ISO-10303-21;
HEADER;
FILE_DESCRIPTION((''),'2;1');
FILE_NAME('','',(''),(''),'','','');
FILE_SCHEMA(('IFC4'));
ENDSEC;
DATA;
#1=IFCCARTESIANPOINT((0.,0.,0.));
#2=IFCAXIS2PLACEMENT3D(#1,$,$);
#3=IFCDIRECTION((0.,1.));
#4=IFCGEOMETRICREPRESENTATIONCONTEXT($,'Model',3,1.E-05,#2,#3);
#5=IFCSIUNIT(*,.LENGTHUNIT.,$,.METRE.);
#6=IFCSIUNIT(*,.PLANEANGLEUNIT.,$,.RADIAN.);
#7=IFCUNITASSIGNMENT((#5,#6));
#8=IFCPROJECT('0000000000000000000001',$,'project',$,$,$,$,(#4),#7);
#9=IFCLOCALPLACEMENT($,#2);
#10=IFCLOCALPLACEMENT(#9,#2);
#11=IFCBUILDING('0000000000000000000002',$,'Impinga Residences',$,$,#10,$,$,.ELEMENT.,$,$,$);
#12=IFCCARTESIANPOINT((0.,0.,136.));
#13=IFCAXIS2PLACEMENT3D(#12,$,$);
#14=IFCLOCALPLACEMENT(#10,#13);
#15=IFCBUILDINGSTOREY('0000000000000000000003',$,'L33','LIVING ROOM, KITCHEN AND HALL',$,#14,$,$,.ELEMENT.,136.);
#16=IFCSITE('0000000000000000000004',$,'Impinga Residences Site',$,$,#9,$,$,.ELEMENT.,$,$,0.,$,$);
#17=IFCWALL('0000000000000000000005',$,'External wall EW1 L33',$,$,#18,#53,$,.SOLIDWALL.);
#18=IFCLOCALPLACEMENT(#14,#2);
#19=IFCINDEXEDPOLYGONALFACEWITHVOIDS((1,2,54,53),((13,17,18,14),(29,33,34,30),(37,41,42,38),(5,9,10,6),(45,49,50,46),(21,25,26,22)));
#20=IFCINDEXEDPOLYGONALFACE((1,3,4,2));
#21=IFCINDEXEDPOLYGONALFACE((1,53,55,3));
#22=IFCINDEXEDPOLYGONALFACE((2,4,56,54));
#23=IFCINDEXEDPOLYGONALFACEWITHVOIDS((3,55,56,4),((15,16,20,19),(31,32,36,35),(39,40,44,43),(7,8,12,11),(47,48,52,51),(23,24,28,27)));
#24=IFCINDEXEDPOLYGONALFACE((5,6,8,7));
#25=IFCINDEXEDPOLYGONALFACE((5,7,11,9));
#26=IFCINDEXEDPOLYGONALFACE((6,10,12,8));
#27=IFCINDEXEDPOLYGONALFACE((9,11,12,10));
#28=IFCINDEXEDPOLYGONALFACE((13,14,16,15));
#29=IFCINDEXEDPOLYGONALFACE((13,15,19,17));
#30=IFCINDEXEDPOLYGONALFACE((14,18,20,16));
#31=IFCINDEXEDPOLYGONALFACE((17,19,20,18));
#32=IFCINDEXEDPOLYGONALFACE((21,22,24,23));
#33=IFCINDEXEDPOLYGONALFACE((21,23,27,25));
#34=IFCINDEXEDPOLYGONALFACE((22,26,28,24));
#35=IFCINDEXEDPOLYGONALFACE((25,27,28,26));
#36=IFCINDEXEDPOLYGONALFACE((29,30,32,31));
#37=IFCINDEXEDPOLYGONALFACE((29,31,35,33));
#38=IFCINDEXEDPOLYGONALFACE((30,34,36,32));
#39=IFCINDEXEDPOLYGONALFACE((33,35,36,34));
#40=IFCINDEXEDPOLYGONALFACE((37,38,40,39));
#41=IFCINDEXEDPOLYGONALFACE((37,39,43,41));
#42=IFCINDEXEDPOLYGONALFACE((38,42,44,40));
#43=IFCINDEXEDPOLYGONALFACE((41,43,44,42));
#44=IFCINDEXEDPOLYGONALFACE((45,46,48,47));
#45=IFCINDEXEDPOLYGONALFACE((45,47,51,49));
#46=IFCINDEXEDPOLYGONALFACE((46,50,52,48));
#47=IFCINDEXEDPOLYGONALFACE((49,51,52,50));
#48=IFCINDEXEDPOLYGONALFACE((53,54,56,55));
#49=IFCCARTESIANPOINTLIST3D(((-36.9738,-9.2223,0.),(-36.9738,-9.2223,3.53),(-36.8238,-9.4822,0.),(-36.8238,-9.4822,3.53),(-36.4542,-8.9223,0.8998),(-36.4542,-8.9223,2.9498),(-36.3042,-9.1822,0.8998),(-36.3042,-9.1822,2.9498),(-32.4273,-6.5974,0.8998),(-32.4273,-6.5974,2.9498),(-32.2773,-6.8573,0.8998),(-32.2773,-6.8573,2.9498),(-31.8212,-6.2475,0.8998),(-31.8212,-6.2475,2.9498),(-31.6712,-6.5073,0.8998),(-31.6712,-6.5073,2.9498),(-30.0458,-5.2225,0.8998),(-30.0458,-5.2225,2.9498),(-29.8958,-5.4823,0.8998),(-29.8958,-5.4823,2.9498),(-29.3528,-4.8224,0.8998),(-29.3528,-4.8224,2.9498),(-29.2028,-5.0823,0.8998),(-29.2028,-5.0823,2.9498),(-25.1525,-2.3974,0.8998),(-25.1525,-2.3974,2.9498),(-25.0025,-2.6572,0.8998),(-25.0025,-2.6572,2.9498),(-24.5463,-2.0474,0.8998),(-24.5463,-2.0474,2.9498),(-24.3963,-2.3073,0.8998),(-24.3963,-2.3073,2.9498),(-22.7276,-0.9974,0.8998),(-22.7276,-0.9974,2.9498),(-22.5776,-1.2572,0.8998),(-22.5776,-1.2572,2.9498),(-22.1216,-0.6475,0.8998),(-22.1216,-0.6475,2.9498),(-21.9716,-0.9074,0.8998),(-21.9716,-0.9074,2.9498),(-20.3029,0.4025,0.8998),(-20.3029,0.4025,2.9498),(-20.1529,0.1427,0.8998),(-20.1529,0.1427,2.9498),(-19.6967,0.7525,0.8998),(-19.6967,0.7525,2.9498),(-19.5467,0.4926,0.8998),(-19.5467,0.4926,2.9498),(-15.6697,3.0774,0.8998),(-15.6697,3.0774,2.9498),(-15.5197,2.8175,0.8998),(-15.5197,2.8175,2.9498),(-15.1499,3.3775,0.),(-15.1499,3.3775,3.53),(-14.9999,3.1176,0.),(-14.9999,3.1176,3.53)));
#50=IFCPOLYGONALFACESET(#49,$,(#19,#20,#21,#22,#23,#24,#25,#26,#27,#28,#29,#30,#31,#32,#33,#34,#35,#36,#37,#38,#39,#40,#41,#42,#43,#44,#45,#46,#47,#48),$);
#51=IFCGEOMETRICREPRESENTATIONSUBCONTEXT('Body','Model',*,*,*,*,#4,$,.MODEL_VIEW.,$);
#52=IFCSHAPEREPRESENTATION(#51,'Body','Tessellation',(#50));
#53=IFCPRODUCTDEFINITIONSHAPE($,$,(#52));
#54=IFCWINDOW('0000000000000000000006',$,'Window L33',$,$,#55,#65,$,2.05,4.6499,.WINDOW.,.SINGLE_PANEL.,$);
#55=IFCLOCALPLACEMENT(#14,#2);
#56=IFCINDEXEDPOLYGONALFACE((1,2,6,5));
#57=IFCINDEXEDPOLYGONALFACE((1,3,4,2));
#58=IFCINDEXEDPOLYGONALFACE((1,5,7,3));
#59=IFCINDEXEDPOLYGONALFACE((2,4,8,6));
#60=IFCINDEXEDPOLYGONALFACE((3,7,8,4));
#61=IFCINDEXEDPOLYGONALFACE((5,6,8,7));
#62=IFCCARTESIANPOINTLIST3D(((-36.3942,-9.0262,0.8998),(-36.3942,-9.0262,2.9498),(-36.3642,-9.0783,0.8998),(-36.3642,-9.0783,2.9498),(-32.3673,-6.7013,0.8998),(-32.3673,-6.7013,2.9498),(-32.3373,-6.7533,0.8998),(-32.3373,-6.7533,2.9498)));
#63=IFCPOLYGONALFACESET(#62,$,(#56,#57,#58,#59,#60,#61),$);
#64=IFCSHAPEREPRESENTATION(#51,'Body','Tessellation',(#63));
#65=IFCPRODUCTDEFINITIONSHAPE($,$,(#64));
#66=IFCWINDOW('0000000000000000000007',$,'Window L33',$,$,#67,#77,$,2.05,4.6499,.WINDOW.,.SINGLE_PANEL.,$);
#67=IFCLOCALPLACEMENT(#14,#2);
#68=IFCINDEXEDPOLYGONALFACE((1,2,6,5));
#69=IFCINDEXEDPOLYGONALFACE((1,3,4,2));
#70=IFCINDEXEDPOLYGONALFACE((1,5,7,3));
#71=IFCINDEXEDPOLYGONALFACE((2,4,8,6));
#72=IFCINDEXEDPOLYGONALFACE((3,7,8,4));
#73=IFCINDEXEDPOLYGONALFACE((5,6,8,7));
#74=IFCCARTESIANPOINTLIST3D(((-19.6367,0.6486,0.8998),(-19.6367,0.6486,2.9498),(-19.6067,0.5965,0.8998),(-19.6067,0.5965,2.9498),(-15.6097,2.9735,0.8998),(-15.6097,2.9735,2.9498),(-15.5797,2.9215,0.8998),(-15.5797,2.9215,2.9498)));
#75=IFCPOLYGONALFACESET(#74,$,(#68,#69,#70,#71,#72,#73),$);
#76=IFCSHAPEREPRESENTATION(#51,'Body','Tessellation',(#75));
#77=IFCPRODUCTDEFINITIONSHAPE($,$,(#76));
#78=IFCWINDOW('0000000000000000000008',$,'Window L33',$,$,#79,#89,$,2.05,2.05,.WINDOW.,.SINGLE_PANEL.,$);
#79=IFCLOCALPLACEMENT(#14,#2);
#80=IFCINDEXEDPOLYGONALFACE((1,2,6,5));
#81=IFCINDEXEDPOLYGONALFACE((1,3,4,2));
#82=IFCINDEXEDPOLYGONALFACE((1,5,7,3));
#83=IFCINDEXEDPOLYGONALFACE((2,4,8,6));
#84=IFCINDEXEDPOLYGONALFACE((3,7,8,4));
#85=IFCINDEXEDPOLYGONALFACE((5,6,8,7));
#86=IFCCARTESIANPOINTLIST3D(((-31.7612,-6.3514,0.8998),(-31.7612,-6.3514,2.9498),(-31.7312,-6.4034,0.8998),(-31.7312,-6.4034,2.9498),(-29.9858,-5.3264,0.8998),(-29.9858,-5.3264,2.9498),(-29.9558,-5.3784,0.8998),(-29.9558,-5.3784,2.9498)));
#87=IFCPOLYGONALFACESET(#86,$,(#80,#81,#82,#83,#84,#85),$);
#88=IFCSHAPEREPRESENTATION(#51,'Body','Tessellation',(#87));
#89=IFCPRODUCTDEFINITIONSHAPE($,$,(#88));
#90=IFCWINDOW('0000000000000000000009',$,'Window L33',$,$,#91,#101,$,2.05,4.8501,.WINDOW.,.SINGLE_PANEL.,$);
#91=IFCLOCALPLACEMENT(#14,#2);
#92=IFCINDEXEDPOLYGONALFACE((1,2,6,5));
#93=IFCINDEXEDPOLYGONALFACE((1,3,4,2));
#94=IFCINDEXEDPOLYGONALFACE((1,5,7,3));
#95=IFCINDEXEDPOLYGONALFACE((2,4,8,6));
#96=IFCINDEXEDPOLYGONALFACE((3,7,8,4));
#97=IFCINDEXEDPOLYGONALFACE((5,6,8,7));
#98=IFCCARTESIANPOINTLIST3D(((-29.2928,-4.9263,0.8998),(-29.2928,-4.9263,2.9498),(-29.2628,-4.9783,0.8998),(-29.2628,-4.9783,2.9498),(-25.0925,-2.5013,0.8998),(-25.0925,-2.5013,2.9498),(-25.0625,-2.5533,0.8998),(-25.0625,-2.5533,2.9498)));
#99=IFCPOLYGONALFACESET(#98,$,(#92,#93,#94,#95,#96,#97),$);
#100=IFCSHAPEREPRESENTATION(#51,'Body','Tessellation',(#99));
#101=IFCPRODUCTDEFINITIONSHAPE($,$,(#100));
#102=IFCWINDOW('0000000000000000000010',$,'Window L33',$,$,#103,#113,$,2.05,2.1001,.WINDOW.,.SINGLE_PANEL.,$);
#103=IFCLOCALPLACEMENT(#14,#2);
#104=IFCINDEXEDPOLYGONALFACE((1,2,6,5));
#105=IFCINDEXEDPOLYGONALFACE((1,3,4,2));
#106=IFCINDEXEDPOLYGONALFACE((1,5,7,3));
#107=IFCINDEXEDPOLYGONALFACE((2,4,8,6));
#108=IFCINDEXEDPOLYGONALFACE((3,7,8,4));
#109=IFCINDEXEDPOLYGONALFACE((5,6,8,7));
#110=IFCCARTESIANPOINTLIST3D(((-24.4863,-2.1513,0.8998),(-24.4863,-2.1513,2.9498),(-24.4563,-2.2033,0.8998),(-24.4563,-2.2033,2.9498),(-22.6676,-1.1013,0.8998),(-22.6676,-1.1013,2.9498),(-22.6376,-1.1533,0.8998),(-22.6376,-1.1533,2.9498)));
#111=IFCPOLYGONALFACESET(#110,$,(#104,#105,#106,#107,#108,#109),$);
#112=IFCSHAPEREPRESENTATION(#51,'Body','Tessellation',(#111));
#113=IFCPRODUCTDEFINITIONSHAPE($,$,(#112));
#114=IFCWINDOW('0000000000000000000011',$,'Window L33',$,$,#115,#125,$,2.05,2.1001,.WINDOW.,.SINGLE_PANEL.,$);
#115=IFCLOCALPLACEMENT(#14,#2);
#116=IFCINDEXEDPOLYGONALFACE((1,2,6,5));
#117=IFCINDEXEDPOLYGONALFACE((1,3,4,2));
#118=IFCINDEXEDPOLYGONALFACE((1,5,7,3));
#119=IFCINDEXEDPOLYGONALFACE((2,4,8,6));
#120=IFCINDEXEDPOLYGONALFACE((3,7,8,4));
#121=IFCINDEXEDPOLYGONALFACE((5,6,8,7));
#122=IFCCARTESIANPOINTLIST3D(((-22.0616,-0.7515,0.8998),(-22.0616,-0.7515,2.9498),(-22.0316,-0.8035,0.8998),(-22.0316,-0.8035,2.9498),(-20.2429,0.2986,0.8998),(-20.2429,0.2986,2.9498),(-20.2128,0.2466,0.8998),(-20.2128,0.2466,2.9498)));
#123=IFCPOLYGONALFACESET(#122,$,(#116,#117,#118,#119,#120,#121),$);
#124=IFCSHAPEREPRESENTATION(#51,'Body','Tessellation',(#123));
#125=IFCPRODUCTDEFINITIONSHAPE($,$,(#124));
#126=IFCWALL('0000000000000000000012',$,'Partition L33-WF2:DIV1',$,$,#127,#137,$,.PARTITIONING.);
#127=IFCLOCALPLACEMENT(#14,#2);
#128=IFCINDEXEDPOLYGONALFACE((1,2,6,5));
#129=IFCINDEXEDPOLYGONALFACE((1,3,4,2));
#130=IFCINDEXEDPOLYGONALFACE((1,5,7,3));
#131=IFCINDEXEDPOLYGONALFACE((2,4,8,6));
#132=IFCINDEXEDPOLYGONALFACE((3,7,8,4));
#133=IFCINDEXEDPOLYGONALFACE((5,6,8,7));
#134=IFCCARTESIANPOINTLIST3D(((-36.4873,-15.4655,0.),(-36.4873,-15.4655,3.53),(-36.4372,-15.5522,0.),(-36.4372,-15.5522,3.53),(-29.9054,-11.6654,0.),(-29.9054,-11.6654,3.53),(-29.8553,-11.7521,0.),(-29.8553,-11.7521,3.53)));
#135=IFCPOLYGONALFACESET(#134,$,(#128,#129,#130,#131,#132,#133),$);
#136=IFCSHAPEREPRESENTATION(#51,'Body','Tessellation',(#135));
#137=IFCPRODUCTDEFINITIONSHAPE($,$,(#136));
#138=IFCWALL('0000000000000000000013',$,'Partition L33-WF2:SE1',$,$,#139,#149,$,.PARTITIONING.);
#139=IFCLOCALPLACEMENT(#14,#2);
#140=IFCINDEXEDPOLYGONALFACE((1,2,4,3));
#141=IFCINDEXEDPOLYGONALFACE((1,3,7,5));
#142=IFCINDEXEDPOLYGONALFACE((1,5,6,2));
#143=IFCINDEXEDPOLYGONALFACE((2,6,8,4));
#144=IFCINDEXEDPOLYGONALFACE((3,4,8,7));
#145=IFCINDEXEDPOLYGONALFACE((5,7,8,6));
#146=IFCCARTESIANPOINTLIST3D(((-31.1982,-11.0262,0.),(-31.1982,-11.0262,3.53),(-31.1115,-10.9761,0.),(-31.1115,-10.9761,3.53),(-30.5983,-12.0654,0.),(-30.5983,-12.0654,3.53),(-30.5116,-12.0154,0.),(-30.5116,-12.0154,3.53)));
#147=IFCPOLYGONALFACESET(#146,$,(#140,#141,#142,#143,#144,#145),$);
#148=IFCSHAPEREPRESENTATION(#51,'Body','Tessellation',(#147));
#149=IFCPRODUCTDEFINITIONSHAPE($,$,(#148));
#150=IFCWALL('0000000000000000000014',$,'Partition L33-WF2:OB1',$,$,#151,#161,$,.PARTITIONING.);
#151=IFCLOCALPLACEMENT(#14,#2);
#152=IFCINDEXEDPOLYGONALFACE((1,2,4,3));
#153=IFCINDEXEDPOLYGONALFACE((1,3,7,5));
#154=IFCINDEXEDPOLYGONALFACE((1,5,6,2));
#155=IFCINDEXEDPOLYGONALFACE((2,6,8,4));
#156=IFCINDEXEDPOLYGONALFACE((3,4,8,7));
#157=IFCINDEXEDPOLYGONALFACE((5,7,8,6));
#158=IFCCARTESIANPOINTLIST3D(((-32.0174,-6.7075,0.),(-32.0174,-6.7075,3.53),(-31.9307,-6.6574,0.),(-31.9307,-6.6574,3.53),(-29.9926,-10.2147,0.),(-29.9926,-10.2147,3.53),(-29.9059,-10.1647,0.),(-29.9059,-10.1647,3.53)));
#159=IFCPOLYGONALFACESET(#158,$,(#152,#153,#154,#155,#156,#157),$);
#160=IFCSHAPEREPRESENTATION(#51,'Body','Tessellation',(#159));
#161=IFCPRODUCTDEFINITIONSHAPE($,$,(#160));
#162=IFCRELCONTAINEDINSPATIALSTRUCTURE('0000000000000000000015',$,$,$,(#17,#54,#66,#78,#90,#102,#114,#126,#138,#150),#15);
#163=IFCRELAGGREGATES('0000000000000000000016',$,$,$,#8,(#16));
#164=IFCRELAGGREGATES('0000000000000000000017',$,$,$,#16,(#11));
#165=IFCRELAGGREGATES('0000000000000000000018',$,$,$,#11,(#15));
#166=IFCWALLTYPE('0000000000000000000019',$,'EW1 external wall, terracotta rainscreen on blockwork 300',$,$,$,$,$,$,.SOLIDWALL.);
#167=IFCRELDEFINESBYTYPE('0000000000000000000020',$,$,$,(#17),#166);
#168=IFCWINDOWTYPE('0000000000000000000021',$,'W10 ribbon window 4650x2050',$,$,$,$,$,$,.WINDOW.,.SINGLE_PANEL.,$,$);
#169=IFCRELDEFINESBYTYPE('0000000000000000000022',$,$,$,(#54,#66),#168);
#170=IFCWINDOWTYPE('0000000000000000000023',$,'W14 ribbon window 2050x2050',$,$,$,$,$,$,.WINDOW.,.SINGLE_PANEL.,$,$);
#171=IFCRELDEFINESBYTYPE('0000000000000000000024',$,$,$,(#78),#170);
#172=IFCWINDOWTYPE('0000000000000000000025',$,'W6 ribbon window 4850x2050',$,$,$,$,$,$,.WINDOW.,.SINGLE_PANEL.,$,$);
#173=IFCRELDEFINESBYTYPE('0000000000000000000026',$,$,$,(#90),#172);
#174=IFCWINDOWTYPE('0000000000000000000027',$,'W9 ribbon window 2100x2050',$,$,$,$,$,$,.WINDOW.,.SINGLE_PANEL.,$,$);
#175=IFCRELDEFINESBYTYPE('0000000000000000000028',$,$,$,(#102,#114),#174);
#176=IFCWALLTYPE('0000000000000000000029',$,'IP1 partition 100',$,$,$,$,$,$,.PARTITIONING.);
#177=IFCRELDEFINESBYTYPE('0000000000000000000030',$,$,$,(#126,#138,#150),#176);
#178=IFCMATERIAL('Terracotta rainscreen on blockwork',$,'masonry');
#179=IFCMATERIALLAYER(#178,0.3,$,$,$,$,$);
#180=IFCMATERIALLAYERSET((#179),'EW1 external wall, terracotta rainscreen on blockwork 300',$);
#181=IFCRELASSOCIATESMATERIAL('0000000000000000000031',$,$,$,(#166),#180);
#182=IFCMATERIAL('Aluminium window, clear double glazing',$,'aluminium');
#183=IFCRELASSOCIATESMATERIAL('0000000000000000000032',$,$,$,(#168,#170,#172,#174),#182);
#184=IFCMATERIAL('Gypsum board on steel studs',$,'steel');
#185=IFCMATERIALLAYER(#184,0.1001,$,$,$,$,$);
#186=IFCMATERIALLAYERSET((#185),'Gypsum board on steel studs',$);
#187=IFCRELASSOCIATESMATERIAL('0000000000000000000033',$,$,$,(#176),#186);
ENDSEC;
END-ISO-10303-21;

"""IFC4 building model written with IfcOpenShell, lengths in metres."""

from ifc_helpers import new_model, si_unit, direction, frame, frame_2d, origin, place, context, subcontext, project, spatial, rectangle, extrude, material, layer, layer_set, type_object, element, fill, save


model = new_model("IFC4")

# Units and contexts
model_context = context("Model", 3, precision=1e-05, world=origin(), true_north=direction((0.0, 1.0)))
body_context = subcontext(model_context, "Body", "Model", "MODEL_VIEW")
ifc_project = project(units=[si_unit("LENGTHUNIT", "METRE"), si_unit("PLANEANGLEUNIT", "RADIAN")], contexts=[model_context])

# Site, building, storey
site_placement = place(None, origin())
site = spatial("IfcSite", under=ifc_project, at=site_placement, Name="Impinga Residences Site", CompositionType="ELEMENT", RefElevation=0.0)
building_placement = place(site_placement, origin())
building = spatial("IfcBuilding", under=site, at=building_placement, Name="Impinga Residences", CompositionType="ELEMENT")
storey_placement = place(building_placement, frame((0.0, 0.0, 136.0)))
storey = spatial("IfcBuildingStorey", under=building, at=storey_placement, Name="L33", Description="LIVING ROOM, KITCHEN AND HALL", CompositionType="ELEMENT", Elevation=136.0)

# Shared definitions
ifc_material_1 = material(Name="Terracotta rainscreen on blockwork", Category="masonry")
ifc_layer_1 = layer(ifc_material_1, 0.3)
ifc_layer_set_1 = layer_set([ifc_layer_1], Name="EW1 external wall, terracotta rainscreen on blockwork 300")
wall_type_1 = type_object("IfcWallType", Name="EW1 external wall, terracotta rainscreen on blockwork 300", PredefinedType="SOLIDWALL", material=ifc_layer_set_1)

# Wall, openings, windows
wall_1_placement = place(storey_placement, frame((-36.8989, -9.3523, 0.0), z_axis=(0.0, 0.0, 1.0), x_axis=(0.866029, 0.499993, 0.0)))
wall_1 = element("IfcWall", 1, at=wall_1_placement, inside=storey, type_object=wall_type_1, Name="External wall EW1 L33", PredefinedType="SOLIDWALL", context=body_context, shape_type="SweptSolid", body=[
    extrude(rectangle(XDim=25.2, YDim=0.3, at=frame_2d((12.6001, 0.0))), origin(), (0.0, 0.0, 1.0), 3.53),
])
opening_1_placement = place(wall_1_placement, frame((0.6001, 0.0, 0.8999)))
opening_1 = element("IfcOpeningElement", 2, at=opening_1_placement, cuts=wall_1, PredefinedType="OPENING", context=body_context, shape_type="SweptSolid", body=[
    extrude(rectangle(XDim=4.6499, YDim=2.05, at=frame_2d((2.325, 1.0249))), frame((0.0, 0.1599, 0.0), z_axis=(0.0, -1.0, 0.0), x_axis=(1.0, 0.0, 0.0)), (0.0, 0.0, 1.0), 0.3201),
])
opening_2_placement = place(wall_1_placement, frame((5.95, 0.0, 0.8999)))
opening_2 = element("IfcOpeningElement", 3, at=opening_2_placement, cuts=wall_1, PredefinedType="OPENING", context=body_context, shape_type="SweptSolid", body=[
    extrude(rectangle(XDim=2.05, YDim=2.05, at=frame_2d((1.0249, 1.0249))), frame((0.0, 0.1599, 0.0), z_axis=(0.0, -1.0, 0.0), x_axis=(1.0, 0.0, 0.0)), (0.0, 0.0, 1.0), 0.3201),
])
opening_3_placement = place(wall_1_placement, frame((8.8, 0.0, 0.8999)))
opening_3 = element("IfcOpeningElement", 4, at=opening_3_placement, cuts=wall_1, PredefinedType="OPENING", context=body_context, shape_type="SweptSolid", body=[
    extrude(rectangle(XDim=4.8501, YDim=2.05, at=frame_2d((2.425, 1.0249))), frame((0.0, 0.1599, 0.0), z_axis=(0.0, -1.0, 0.0), x_axis=(1.0, 0.0, 0.0)), (0.0, 0.0, 1.0), 0.3201),
])
opening_4_placement = place(wall_1_placement, frame((14.3501, 0.0, 0.8999)))
opening_4 = element("IfcOpeningElement", 5, at=opening_4_placement, cuts=wall_1, PredefinedType="OPENING", context=body_context, shape_type="SweptSolid", body=[
    extrude(rectangle(XDim=2.1001, YDim=2.05, at=frame_2d((1.05, 1.0249))), frame((0.0, 0.1599, 0.0), z_axis=(0.0, -1.0, 0.0), x_axis=(1.0, 0.0, 0.0)), (0.0, 0.0, 1.0), 0.3201),
])
opening_5_placement = place(wall_1_placement, frame((17.1499, 0.0, 0.8999)))
opening_5 = element("IfcOpeningElement", 6, at=opening_5_placement, cuts=wall_1, PredefinedType="OPENING", context=body_context, shape_type="SweptSolid", body=[
    extrude(rectangle(XDim=2.1001, YDim=2.05, at=frame_2d((1.05, 1.0249))), frame((0.0, 0.1599, 0.0), z_axis=(0.0, -1.0, 0.0), x_axis=(1.0, 0.0, 0.0)), (0.0, 0.0, 1.0), 0.3201),
])
opening_6_placement = place(wall_1_placement, frame((19.95, 0.0, 0.8999)))
opening_6 = element("IfcOpeningElement", 7, at=opening_6_placement, cuts=wall_1, PredefinedType="OPENING", context=body_context, shape_type="SweptSolid", body=[
    extrude(rectangle(XDim=4.6499, YDim=2.05, at=frame_2d((2.325, 1.0249))), frame((0.0, 0.1599, 0.0), z_axis=(0.0, -1.0, 0.0), x_axis=(1.0, 0.0, 0.0)), (0.0, 0.0, 1.0), 0.3201),
])
ifc_material_2 = material(Name="Aluminium window, clear double glazing", Category="aluminium")
window_type_1 = type_object("IfcWindowType", Name="W10 ribbon window 4650x2050", PartitioningType="SINGLE_PANEL", PredefinedType="WINDOW", material=ifc_material_2)
window_1_placement = place(opening_1_placement, origin())
window_1 = element("IfcWindow", 8, at=window_1_placement, inside=storey, type_object=window_type_1, Name="Window L33", OverallHeight=2.05, OverallWidth=4.6499, PartitioningType="SINGLE_PANEL", PredefinedType="WINDOW", context=body_context, shape_type="SweptSolid", body=[
    extrude(rectangle(XDim=4.6499, YDim=2.05, at=frame_2d((2.325, 1.0249))), frame((0.0, 0.03, 0.0), z_axis=(0.0, -1.0, 0.0), x_axis=(1.0, 0.0, 0.0)), (0.0, 0.0, 1.0), 0.0601),
])
fill(opening_1, window_1)
window_2_placement = place(opening_6_placement, origin())
window_2 = element("IfcWindow", 9, at=window_2_placement, inside=storey, type_object=window_type_1, Name="Window L33", OverallHeight=2.05, OverallWidth=4.6499, PartitioningType="SINGLE_PANEL", PredefinedType="WINDOW", context=body_context, shape_type="SweptSolid", body=[
    extrude(rectangle(XDim=4.6499, YDim=2.05, at=frame_2d((2.325, 1.0249))), frame((0.0, 0.03, 0.0), z_axis=(0.0, -1.0, 0.0), x_axis=(1.0, 0.0, 0.0)), (0.0, 0.0, 1.0), 0.0601),
])
fill(opening_6, window_2)
window_type_2 = type_object("IfcWindowType", Name="W14 ribbon window 2050x2050", PartitioningType="SINGLE_PANEL", PredefinedType="WINDOW", material=ifc_material_2)
window_3_placement = place(opening_2_placement, origin())
window_3 = element("IfcWindow", 10, at=window_3_placement, inside=storey, type_object=window_type_2, Name="Window L33", OverallHeight=2.05, OverallWidth=2.05, PartitioningType="SINGLE_PANEL", PredefinedType="WINDOW", context=body_context, shape_type="SweptSolid", body=[
    extrude(rectangle(XDim=2.05, YDim=2.05, at=frame_2d((1.0249, 1.0249))), frame((0.0, 0.03, 0.0), z_axis=(0.0, -1.0, 0.0), x_axis=(1.0, 0.0, 0.0)), (0.0, 0.0, 1.0), 0.0601),
])
fill(opening_2, window_3)
window_type_3 = type_object("IfcWindowType", Name="W6 ribbon window 4850x2050", PartitioningType="SINGLE_PANEL", PredefinedType="WINDOW", material=ifc_material_2)
window_4_placement = place(opening_3_placement, origin())
window_4 = element("IfcWindow", 11, at=window_4_placement, inside=storey, type_object=window_type_3, Name="Window L33", OverallHeight=2.05, OverallWidth=4.8501, PartitioningType="SINGLE_PANEL", PredefinedType="WINDOW", context=body_context, shape_type="SweptSolid", body=[
    extrude(rectangle(XDim=4.8501, YDim=2.05, at=frame_2d((2.425, 1.0249))), frame((0.0, 0.03, 0.0), z_axis=(0.0, -1.0, 0.0), x_axis=(1.0, 0.0, 0.0)), (0.0, 0.0, 1.0), 0.0601),
])
fill(opening_3, window_4)
window_type_4 = type_object("IfcWindowType", Name="W9 ribbon window 2100x2050", PartitioningType="SINGLE_PANEL", PredefinedType="WINDOW", material=ifc_material_2)
window_5_placement = place(opening_4_placement, origin())
window_5 = element("IfcWindow", 12, at=window_5_placement, inside=storey, type_object=window_type_4, Name="Window L33", OverallHeight=2.05, OverallWidth=2.1001, PartitioningType="SINGLE_PANEL", PredefinedType="WINDOW", context=body_context, shape_type="SweptSolid", body=[
    extrude(rectangle(XDim=2.1001, YDim=2.05, at=frame_2d((1.05, 1.0249))), frame((0.0, 0.03, 0.0), z_axis=(0.0, -1.0, 0.0), x_axis=(1.0, 0.0, 0.0)), (0.0, 0.0, 1.0), 0.0601),
])
fill(opening_4, window_5)
window_6_placement = place(opening_5_placement, origin())
window_6 = element("IfcWindow", 13, at=window_6_placement, inside=storey, type_object=window_type_4, Name="Window L33", OverallHeight=2.05, OverallWidth=2.1001, PartitioningType="SINGLE_PANEL", PredefinedType="WINDOW", context=body_context, shape_type="SweptSolid", body=[
    extrude(rectangle(XDim=2.1001, YDim=2.05, at=frame_2d((1.05, 1.0249))), frame((0.0, 0.03, 0.0), z_axis=(0.0, -1.0, 0.0), x_axis=(1.0, 0.0, 0.0)), (0.0, 0.0, 1.0), 0.0601),
])
fill(opening_5, window_6)

# Walls
ifc_material_3 = material(Name="Gypsum board on steel studs", Category="steel")
ifc_layer_2 = layer(ifc_material_3, 0.1001)
ifc_layer_set_2 = layer_set([ifc_layer_2], Name="Gypsum board on steel studs")
wall_type_2 = type_object("IfcWallType", Name="IP1 partition 100", PredefinedType="PARTITIONING", material=ifc_layer_set_2)
wall_2_placement = place(storey_placement, frame((-29.8804, -11.7087, 0.0), z_axis=(0.0, 0.0, 1.0), x_axis=(-0.866022, -0.500005, 0.0)))
element("IfcWall", 14, at=wall_2_placement, inside=storey, type_object=wall_type_2, Name="Partition L33-WF2:DIV1", PredefinedType="PARTITIONING", context=body_context, shape_type="SweptSolid", body=[
    extrude(rectangle(XDim=7.6001, YDim=0.1001, at=frame_2d((3.8, 0.0))), origin(), (0.0, 0.0, 1.0), 3.53),
])
wall_3_placement = place(storey_placement, frame((-30.5549, -12.0405, 0.0), z_axis=(0.0, 0.0, 1.0), x_axis=(-0.499881, 0.866094, 0.0)))
element("IfcWall", 15, at=wall_3_placement, inside=storey, type_object=wall_type_2, Name="Partition L33-WF2:SE1", PredefinedType="PARTITIONING", context=body_context, shape_type="SweptSolid", body=[
    extrude(rectangle(XDim=1.2, YDim=0.1001, at=frame_2d((0.6001, 0.0))), origin(), (0.0, 0.0, 1.0), 3.53),
])
wall_4_placement = place(storey_placement, frame((-29.9492, -10.1897, 0.0), z_axis=(0.0, 0.0, 1.0), x_axis=(-0.49999, 0.866031, 0.0)))
element("IfcWall", 16, at=wall_4_placement, inside=storey, type_object=wall_type_2, Name="Partition L33-WF2:OB1", PredefinedType="PARTITIONING", context=body_context, shape_type="SweptSolid", body=[
    extrude(rectangle(XDim=4.0498, YDim=0.1001, at=frame_2d((2.0249, 0.0))), origin(), (0.0, 0.0, 1.0), 3.53),
])

save(model, "model.ifc")
